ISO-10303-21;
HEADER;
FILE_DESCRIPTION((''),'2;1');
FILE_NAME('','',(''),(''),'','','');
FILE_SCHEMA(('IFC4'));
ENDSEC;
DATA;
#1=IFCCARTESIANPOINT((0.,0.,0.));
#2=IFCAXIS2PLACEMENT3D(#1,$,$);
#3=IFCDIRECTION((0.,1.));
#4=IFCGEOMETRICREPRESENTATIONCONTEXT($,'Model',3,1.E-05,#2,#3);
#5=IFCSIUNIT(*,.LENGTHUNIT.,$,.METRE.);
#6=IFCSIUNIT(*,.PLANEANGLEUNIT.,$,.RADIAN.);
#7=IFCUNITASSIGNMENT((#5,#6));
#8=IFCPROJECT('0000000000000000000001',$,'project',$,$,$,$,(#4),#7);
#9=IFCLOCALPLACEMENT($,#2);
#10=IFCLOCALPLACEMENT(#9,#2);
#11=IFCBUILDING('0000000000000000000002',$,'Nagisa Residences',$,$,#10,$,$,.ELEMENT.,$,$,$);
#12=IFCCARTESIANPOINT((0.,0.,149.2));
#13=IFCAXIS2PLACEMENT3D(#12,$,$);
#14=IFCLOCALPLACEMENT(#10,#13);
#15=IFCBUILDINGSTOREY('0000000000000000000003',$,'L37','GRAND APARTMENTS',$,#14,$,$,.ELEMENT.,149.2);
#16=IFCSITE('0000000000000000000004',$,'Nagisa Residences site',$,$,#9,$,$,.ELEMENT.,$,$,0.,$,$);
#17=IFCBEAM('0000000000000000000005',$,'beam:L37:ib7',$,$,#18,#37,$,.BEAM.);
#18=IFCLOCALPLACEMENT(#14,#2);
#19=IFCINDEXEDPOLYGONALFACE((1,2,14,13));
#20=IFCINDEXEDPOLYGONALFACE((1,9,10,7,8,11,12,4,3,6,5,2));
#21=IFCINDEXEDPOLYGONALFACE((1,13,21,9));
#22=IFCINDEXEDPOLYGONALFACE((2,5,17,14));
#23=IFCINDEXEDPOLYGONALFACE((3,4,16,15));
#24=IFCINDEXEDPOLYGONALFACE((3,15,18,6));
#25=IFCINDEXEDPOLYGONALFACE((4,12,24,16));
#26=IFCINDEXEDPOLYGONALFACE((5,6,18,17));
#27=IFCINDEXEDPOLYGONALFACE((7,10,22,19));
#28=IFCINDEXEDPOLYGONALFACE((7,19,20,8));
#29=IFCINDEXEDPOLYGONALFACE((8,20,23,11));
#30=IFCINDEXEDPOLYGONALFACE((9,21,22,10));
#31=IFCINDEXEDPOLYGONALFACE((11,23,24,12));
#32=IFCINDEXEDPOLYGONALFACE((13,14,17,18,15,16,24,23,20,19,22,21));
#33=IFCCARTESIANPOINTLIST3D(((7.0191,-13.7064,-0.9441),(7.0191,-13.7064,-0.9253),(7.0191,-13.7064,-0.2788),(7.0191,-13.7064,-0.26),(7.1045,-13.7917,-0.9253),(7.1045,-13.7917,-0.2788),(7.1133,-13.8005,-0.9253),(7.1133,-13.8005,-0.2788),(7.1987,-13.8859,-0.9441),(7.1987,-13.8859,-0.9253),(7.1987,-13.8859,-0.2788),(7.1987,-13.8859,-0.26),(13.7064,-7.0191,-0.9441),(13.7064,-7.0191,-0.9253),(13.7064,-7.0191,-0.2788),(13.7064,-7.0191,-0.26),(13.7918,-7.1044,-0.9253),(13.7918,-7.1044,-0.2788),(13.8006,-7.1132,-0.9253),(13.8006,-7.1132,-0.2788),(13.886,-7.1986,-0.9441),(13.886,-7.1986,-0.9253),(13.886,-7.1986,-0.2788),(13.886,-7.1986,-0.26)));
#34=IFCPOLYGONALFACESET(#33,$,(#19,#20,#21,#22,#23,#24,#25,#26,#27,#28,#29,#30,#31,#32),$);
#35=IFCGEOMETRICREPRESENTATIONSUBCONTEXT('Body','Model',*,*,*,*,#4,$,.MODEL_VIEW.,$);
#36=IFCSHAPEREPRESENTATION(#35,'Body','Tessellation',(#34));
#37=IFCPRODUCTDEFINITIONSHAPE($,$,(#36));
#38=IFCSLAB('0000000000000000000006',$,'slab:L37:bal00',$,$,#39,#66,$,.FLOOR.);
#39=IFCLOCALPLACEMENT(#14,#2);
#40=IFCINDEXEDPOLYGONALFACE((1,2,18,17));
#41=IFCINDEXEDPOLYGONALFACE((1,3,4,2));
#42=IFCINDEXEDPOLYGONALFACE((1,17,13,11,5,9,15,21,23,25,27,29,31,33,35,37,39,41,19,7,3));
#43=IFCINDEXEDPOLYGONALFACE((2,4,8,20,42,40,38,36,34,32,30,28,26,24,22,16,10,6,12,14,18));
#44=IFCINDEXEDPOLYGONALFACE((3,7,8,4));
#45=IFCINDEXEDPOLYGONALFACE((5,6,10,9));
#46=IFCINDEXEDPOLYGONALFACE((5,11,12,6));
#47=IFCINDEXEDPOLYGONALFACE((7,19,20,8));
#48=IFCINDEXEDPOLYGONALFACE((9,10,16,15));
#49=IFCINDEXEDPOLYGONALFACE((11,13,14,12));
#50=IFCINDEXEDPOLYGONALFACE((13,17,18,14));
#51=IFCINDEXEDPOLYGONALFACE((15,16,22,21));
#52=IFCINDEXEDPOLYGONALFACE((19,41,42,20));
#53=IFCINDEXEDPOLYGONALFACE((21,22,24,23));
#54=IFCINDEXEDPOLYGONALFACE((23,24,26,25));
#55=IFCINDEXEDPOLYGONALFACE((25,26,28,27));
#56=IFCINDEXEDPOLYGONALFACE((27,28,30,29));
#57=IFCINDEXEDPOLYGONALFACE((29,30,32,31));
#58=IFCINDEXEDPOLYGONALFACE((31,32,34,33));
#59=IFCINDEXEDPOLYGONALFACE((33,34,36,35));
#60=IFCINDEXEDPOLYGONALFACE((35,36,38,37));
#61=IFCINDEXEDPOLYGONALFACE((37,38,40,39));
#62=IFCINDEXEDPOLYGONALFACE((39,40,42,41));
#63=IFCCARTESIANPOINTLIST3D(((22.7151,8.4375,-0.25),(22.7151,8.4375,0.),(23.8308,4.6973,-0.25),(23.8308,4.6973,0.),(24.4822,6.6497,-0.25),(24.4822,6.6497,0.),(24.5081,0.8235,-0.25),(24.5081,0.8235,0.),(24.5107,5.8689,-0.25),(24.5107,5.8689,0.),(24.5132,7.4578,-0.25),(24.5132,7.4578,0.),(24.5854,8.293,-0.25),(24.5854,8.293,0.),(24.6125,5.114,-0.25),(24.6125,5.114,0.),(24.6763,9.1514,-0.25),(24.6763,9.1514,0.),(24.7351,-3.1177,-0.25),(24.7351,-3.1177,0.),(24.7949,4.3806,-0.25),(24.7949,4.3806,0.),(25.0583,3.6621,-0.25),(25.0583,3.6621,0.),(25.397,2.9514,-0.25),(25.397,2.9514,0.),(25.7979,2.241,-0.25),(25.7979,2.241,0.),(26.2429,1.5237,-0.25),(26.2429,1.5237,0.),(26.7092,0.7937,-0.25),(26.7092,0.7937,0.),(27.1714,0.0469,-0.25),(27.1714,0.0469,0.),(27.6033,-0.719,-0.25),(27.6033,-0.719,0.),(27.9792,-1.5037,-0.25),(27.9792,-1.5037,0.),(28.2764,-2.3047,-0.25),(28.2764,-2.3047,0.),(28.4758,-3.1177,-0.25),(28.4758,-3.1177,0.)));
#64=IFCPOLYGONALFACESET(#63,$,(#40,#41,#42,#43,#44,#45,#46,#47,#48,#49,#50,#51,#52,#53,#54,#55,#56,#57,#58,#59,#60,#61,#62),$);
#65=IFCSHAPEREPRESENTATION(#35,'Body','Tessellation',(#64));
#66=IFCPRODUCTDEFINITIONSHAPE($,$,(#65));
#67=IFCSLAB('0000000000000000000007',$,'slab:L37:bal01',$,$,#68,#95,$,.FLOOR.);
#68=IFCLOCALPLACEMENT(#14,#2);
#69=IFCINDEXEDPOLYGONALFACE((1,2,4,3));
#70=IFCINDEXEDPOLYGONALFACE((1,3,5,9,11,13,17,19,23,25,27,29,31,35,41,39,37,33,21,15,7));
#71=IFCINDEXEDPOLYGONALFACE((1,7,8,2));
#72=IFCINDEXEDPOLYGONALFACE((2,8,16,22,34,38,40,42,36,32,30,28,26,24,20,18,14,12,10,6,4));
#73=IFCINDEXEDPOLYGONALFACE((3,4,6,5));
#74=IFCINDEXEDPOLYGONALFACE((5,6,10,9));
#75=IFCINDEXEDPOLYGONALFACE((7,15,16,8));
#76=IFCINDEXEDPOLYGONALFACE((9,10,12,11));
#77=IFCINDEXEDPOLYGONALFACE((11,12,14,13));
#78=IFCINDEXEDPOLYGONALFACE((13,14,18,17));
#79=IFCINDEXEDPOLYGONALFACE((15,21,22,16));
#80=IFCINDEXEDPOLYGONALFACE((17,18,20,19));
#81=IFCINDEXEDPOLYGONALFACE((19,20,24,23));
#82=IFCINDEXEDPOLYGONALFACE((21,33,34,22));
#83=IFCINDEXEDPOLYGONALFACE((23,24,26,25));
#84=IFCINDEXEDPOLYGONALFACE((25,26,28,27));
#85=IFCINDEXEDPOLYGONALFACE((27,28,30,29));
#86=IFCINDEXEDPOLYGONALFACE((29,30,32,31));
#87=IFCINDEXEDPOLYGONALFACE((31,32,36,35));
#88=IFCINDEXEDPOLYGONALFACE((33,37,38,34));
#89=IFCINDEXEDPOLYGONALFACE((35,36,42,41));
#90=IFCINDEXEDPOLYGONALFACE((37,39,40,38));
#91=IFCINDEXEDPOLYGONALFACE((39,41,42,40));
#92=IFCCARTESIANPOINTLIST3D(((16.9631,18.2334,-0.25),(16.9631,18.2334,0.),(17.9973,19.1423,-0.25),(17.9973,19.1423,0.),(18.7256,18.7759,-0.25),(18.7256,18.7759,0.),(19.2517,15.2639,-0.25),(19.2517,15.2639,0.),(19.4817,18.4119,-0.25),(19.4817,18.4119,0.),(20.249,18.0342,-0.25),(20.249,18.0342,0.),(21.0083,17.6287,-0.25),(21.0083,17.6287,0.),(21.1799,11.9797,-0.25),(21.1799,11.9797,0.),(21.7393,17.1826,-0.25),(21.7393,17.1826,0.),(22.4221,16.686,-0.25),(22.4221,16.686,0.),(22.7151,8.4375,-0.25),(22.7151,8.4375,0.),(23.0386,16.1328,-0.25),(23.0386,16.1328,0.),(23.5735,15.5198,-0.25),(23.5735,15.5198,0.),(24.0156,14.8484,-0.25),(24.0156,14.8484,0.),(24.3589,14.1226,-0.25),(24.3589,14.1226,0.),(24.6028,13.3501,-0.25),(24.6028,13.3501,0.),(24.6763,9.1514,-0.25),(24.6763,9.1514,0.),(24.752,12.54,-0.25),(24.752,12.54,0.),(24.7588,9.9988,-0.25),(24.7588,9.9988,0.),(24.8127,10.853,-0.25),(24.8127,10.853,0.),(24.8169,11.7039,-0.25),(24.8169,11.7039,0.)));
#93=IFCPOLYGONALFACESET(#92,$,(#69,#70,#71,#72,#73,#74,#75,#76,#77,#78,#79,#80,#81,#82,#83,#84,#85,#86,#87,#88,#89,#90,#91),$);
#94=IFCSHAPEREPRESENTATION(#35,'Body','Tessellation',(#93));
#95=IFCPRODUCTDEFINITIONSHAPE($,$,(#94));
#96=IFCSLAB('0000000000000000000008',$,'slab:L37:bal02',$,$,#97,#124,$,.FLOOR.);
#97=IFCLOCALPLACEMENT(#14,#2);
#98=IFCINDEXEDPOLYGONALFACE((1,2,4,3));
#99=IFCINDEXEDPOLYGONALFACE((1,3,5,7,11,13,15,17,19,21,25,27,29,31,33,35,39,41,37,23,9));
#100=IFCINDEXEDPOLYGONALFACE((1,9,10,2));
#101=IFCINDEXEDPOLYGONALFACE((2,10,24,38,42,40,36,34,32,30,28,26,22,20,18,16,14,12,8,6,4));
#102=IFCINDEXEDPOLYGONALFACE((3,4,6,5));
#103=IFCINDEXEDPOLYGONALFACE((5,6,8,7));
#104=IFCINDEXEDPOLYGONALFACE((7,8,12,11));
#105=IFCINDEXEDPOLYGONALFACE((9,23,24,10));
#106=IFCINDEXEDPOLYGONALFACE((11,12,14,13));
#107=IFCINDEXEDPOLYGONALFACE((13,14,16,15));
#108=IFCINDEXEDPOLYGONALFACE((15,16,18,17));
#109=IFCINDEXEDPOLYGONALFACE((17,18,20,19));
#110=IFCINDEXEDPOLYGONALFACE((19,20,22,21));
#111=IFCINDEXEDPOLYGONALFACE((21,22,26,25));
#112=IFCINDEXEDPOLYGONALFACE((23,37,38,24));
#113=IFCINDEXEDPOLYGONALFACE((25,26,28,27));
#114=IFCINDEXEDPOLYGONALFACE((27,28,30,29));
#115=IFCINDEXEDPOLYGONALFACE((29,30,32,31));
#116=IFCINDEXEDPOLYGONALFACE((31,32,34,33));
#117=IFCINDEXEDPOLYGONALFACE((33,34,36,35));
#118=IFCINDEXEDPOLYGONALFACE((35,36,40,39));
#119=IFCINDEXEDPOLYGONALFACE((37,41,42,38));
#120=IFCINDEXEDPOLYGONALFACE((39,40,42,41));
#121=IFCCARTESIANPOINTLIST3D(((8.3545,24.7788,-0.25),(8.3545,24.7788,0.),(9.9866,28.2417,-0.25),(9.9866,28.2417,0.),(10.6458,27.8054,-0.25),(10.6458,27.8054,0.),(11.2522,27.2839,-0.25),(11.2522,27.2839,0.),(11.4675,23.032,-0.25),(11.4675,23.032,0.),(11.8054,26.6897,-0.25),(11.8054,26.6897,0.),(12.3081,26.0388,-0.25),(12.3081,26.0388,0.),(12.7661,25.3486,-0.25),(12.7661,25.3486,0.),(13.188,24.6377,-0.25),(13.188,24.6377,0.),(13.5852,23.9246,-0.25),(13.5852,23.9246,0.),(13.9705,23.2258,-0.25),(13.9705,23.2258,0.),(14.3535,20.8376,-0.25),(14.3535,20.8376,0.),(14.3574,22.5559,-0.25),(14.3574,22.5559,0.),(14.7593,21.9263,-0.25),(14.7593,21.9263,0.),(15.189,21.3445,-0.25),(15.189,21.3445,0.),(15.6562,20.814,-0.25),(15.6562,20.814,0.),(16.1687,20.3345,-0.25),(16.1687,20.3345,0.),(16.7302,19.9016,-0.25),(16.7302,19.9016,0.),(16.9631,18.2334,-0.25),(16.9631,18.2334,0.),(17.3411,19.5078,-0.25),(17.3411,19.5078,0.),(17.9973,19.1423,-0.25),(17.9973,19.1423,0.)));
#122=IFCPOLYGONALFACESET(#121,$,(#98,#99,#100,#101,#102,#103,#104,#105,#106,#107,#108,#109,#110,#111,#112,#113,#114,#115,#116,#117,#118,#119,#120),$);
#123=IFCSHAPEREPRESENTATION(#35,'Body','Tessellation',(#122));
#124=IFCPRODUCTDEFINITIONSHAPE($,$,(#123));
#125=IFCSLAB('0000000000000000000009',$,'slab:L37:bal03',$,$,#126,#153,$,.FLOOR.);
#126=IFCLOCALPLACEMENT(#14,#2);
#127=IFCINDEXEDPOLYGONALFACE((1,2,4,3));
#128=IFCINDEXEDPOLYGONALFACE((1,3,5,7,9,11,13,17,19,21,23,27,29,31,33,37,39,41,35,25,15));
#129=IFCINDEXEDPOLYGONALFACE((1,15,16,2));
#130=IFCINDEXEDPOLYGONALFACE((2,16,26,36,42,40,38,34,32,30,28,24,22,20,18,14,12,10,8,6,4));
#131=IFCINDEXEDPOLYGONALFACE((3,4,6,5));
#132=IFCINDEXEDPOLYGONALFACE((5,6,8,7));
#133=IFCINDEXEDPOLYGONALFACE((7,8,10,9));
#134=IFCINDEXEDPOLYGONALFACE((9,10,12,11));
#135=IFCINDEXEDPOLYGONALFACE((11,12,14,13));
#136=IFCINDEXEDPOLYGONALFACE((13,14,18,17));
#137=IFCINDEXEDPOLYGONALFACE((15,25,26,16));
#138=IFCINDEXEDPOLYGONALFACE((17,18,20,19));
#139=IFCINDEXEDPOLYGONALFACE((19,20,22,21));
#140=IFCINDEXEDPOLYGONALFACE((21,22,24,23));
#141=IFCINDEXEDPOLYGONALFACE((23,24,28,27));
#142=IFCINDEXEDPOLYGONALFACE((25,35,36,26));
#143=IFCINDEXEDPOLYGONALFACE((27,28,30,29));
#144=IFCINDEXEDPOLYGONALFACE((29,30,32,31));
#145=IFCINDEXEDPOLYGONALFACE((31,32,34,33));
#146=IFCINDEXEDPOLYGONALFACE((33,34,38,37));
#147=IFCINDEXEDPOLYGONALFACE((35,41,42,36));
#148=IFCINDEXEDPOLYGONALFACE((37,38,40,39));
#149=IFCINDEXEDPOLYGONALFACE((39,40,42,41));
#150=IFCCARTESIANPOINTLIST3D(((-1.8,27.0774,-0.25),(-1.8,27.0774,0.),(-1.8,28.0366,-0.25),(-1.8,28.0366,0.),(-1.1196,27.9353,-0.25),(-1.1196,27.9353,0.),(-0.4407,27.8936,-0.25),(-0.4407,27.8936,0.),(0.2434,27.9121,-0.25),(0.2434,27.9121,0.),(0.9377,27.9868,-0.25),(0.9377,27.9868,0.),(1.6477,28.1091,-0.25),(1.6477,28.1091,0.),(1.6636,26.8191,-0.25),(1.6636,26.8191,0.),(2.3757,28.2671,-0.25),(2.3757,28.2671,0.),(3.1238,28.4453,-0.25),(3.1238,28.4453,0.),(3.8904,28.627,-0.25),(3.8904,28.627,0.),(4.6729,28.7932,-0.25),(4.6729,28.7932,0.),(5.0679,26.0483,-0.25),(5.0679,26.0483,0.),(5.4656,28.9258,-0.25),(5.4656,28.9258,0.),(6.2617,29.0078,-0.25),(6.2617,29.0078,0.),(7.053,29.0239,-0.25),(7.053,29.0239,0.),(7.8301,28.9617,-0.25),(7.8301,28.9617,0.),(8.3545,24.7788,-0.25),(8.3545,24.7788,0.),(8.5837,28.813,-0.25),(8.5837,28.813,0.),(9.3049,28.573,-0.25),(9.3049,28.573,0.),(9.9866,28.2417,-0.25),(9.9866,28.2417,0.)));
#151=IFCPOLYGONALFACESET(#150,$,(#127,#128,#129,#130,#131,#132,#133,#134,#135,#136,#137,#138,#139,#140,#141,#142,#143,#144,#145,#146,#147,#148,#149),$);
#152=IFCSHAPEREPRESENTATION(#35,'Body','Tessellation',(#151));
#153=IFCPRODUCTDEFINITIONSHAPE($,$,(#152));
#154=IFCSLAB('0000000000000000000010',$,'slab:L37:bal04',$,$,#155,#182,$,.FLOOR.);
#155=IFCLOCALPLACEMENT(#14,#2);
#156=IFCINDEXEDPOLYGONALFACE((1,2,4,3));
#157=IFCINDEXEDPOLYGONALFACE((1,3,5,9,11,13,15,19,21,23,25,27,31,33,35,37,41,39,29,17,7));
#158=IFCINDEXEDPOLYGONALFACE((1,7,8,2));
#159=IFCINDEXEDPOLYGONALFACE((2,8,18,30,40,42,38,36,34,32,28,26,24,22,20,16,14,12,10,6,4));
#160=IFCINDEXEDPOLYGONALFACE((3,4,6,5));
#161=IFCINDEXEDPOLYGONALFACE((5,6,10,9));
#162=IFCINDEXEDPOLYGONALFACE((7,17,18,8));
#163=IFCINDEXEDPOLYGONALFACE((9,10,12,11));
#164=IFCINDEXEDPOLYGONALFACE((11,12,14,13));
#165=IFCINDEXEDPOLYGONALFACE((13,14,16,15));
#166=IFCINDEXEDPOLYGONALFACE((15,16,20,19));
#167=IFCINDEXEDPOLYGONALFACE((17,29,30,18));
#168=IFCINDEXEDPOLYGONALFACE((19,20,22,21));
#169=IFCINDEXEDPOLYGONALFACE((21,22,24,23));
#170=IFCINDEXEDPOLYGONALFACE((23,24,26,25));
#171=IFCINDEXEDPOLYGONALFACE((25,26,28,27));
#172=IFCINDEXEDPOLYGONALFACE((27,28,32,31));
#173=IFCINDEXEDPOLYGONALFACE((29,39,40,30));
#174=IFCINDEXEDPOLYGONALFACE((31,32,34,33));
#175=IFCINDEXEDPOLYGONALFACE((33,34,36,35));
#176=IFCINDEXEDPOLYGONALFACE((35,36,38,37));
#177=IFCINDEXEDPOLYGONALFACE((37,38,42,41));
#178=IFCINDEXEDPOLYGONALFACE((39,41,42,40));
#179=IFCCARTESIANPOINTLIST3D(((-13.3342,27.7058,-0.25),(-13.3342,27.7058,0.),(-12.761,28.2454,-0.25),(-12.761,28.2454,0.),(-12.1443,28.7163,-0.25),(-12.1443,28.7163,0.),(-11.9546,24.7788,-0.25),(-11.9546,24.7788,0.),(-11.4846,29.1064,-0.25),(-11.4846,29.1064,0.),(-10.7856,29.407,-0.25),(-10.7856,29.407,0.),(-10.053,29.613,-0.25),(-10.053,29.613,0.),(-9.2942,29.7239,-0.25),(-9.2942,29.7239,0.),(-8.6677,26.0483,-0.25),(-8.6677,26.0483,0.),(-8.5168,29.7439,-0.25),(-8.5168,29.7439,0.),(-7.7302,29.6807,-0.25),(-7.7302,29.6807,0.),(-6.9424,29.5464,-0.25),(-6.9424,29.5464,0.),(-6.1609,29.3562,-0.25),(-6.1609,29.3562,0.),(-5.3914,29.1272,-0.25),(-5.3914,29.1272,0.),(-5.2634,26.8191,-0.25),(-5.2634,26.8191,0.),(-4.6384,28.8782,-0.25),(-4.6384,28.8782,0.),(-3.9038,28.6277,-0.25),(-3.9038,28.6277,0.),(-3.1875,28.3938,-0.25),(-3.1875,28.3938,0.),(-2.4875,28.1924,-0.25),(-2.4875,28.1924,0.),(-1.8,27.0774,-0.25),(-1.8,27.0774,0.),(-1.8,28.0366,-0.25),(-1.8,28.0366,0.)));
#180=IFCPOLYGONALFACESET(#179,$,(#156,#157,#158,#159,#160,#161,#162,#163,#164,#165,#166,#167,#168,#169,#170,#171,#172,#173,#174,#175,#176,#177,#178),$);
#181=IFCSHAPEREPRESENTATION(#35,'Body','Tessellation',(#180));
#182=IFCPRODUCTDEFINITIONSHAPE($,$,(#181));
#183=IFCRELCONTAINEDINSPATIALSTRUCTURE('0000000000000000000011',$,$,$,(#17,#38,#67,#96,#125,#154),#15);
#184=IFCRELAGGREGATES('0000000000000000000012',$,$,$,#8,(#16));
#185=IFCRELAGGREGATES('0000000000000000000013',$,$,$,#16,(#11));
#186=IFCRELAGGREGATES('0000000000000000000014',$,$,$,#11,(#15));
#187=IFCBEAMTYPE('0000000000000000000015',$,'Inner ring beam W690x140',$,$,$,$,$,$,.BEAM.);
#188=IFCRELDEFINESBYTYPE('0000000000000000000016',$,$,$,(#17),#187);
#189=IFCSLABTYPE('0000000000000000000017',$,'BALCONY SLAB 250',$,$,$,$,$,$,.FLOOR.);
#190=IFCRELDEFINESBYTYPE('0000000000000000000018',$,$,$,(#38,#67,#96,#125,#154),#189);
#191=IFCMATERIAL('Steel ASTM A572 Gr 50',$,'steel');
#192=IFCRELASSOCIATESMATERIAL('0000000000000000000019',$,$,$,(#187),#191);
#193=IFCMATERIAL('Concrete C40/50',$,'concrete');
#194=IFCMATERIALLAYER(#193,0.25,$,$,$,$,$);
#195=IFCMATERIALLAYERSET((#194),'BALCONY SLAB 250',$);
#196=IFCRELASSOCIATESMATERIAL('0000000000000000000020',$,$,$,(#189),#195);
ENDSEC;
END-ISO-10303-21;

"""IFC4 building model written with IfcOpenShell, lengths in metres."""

from ifc_helpers import new_model, si_unit, direction, frame, origin, origin_2d, place, context, subcontext, project, spatial, polyline, i_section, outline, extrude, material, layer, layer_set, material_profile, profile_set, type_object, element, save


model = new_model("IFC4")

# Units and contexts
model_context = context("Model", 3, precision=1e-05, world=origin(), true_north=direction((0.0, 1.0)))
body_context = subcontext(model_context, "Body", "Model", "MODEL_VIEW")
ifc_project = project(units=[si_unit("LENGTHUNIT", "METRE"), si_unit("PLANEANGLEUNIT", "RADIAN")], contexts=[model_context])

# Site, building, storey
site_placement = place(None, origin())
site = spatial("IfcSite", under=ifc_project, at=site_placement, Name="Nagisa Residences site", CompositionType="ELEMENT", RefElevation=0.0)
building_placement = place(site_placement, origin())
building = spatial("IfcBuilding", under=site, at=building_placement, Name="Nagisa Residences", CompositionType="ELEMENT")
storey_placement = place(building_placement, frame((0.0, 0.0, 149.2)))
storey = spatial("IfcBuildingStorey", under=building, at=storey_placement, Name="L37", Description="GRAND APARTMENTS", CompositionType="ELEMENT", Elevation=149.2)

# Beam
ifc_material_1 = material(Name="Steel ASTM A572 Gr 50", Category="steel")
ifc_material_profile = material_profile(ifc_material_1, i_section(OverallWidth=0.2539, OverallDepth=0.6841, WebThickness=0.0125, FlangeThickness=0.0188, at=origin_2d()), Name="W690x140")
ifc_profile_set = profile_set([ifc_material_profile], Name="Steel ASTM A572 Gr 50")
beam_type = type_object("IfcBeamType", Name="Inner ring beam W690x140", PredefinedType="BEAM", material=ifc_profile_set)
beam_placement = place(storey_placement, frame((7.1089, -13.7961, -0.6021), z_axis=(0.707107, 0.707107, 0.0), x_axis=(-0.707107, 0.707107, 0.0)))
element("IfcBeam", 1, at=beam_placement, inside=storey, type_object=beam_type, Name="beam:L37:ib7", PredefinedType="BEAM", context=body_context, shape_type="SweptSolid", body=[
    extrude(i_section(OverallWidth=0.2539, OverallDepth=0.6841, WebThickness=0.0125, FlangeThickness=0.0188, at=origin_2d()), origin(), (0.0, 0.0, 1.0), 9.4573),
])

# Slabs
ifc_material_2 = material(Name="Concrete C40/50", Category="concrete")
ifc_layer_1 = layer(ifc_material_2, 0.25)
ifc_layer_set_1 = layer_set([ifc_layer_1], Name="BALCONY SLAB 250")
slab_type_1 = type_object("IfcSlabType", Name="BALCONY SLAB 250", PredefinedType="FLOOR", material=ifc_layer_set_1)
slab_1_placement = place(storey_placement, frame((0.0, 0.0, -0.25)))
element("IfcSlab", 2, at=slab_1_placement, inside=storey, type_object=slab_type_1, Name="slab:L37:bal00", PredefinedType="FLOOR", context=body_context, shape_type="SweptSolid", body=[
    extrude(outline(polyline([(28.4758, -3.1177), (28.2764, -2.3047), (27.9792, -1.5037), (27.6033, -0.719), (27.1714, 0.0469), (26.7092, 0.7937), (26.2429, 1.5237), (25.7979, 2.241), (25.397, 2.9514), (25.0583, 3.6621), (24.7949, 4.3806), (24.6125, 5.114), (24.5107, 5.8689), (24.4822, 6.6497), (24.5132, 7.4578), (24.5854, 8.293), (24.6763, 9.1514), (22.7151, 8.4375), (23.8308, 4.6973), (24.5081, 0.8235), (24.7351, -3.1177), (28.4758, -3.1177)])), origin(), (0.0, 0.0, 1.0), 0.25),
])
slab_2_placement = place(storey_placement, frame((0.0, 0.0, -0.25)))
element("IfcSlab", 3, at=slab_2_placement, inside=storey, type_object=slab_type_1, Name="slab:L37:bal01", PredefinedType="FLOOR", context=body_context, shape_type="SweptSolid", body=[
    extrude(outline(polyline([(24.6763, 9.1514), (24.7588, 9.9988), (24.8127, 10.853), (24.8169, 11.7039), (24.752, 12.54), (24.6028, 13.3501), (24.3589, 14.1226), (24.0156, 14.8484), (23.5735, 15.5198), (23.0386, 16.1328), (22.4221, 16.686), (21.7393, 17.1826), (21.0083, 17.6287), (20.249, 18.0342), (19.4817, 18.4119), (18.7256, 18.7759), (17.9973, 19.1423), (16.9631, 18.2334), (19.2517, 15.2639), (21.1799, 11.9797), (22.7151, 8.4375), (24.6763, 9.1514)])), origin(), (0.0, 0.0, 1.0), 0.25),
])
slab_3_placement = place(storey_placement, frame((0.0, 0.0, -0.25)))
element("IfcSlab", 4, at=slab_3_placement, inside=storey, type_object=slab_type_1, Name="slab:L37:bal02", PredefinedType="FLOOR", context=body_context, shape_type="SweptSolid", body=[
    extrude(outline(polyline([(17.9973, 19.1423), (17.3411, 19.5078), (16.7302, 19.9016), (16.1687, 20.3345), (15.6562, 20.814), (15.189, 21.3445), (14.7593, 21.9263), (14.3574, 22.5559), (13.9705, 23.2258), (13.5852, 23.9246), (13.188, 24.6377), (12.7661, 25.3486), (12.3081, 26.0388), (11.8054, 26.6897), (11.2522, 27.2839), (10.6458, 27.8054), (9.9866, 28.2417), (8.3545, 24.7788), (11.4675, 23.032), (14.3535, 20.8376), (16.9631, 18.2334), (17.9973, 19.1423)])), origin(), (0.0, 0.0, 1.0), 0.25),
])
slab_4_placement = place(storey_placement, frame((0.0, 0.0, -0.25)))
element("IfcSlab", 5, at=slab_4_placement, inside=storey, type_object=slab_type_1, Name="slab:L37:bal03", PredefinedType="FLOOR", context=body_context, shape_type="SweptSolid", body=[
    extrude(outline(polyline([(9.9866, 28.2417), (9.3049, 28.573), (8.5837, 28.813), (7.8301, 28.9617), (7.053, 29.0239), (6.2617, 29.0078), (5.4656, 28.9258), (4.6729, 28.7932), (3.8904, 28.627), (3.1238, 28.4453), (2.3757, 28.2671), (1.6477, 28.1091), (0.9377, 27.9868), (0.2434, 27.9121), (-0.4407, 27.8936), (-1.1196, 27.9353), (-1.8, 28.0366), (-1.8, 27.0774), (1.6636, 26.8191), (5.0679, 26.0483), (8.3545, 24.7788), (9.9866, 28.2417)])), origin(), (0.0, 0.0, 1.0), 0.25),
])
slab_5_placement = place(storey_placement, frame((0.0, 0.0, -0.25)))
element("IfcSlab", 6, at=slab_5_placement, inside=storey, type_object=slab_type_1, Name="slab:L37:bal04", PredefinedType="FLOOR", context=body_context, shape_type="SweptSolid", body=[
    extrude(outline(polyline([(-1.8, 28.0366), (-2.4875, 28.1924), (-3.1875, 28.3938), (-3.9038, 28.6277), (-4.6384, 28.8782), (-5.3914, 29.1272), (-6.1609, 29.3562), (-6.9424, 29.5464), (-7.7302, 29.6807), (-8.5168, 29.7439), (-9.2942, 29.7239), (-10.053, 29.613), (-10.7856, 29.407), (-11.4846, 29.1064), (-12.1443, 28.7163), (-12.761, 28.2454), (-13.3342, 27.7058), (-11.9546, 24.7788), (-8.6677, 26.0483), (-5.2634, 26.8191), (-1.8, 27.0774), (-1.8, 28.0366)])), origin(), (0.0, 0.0, 1.0), 0.25),
])

save(model, "model.ifc")
